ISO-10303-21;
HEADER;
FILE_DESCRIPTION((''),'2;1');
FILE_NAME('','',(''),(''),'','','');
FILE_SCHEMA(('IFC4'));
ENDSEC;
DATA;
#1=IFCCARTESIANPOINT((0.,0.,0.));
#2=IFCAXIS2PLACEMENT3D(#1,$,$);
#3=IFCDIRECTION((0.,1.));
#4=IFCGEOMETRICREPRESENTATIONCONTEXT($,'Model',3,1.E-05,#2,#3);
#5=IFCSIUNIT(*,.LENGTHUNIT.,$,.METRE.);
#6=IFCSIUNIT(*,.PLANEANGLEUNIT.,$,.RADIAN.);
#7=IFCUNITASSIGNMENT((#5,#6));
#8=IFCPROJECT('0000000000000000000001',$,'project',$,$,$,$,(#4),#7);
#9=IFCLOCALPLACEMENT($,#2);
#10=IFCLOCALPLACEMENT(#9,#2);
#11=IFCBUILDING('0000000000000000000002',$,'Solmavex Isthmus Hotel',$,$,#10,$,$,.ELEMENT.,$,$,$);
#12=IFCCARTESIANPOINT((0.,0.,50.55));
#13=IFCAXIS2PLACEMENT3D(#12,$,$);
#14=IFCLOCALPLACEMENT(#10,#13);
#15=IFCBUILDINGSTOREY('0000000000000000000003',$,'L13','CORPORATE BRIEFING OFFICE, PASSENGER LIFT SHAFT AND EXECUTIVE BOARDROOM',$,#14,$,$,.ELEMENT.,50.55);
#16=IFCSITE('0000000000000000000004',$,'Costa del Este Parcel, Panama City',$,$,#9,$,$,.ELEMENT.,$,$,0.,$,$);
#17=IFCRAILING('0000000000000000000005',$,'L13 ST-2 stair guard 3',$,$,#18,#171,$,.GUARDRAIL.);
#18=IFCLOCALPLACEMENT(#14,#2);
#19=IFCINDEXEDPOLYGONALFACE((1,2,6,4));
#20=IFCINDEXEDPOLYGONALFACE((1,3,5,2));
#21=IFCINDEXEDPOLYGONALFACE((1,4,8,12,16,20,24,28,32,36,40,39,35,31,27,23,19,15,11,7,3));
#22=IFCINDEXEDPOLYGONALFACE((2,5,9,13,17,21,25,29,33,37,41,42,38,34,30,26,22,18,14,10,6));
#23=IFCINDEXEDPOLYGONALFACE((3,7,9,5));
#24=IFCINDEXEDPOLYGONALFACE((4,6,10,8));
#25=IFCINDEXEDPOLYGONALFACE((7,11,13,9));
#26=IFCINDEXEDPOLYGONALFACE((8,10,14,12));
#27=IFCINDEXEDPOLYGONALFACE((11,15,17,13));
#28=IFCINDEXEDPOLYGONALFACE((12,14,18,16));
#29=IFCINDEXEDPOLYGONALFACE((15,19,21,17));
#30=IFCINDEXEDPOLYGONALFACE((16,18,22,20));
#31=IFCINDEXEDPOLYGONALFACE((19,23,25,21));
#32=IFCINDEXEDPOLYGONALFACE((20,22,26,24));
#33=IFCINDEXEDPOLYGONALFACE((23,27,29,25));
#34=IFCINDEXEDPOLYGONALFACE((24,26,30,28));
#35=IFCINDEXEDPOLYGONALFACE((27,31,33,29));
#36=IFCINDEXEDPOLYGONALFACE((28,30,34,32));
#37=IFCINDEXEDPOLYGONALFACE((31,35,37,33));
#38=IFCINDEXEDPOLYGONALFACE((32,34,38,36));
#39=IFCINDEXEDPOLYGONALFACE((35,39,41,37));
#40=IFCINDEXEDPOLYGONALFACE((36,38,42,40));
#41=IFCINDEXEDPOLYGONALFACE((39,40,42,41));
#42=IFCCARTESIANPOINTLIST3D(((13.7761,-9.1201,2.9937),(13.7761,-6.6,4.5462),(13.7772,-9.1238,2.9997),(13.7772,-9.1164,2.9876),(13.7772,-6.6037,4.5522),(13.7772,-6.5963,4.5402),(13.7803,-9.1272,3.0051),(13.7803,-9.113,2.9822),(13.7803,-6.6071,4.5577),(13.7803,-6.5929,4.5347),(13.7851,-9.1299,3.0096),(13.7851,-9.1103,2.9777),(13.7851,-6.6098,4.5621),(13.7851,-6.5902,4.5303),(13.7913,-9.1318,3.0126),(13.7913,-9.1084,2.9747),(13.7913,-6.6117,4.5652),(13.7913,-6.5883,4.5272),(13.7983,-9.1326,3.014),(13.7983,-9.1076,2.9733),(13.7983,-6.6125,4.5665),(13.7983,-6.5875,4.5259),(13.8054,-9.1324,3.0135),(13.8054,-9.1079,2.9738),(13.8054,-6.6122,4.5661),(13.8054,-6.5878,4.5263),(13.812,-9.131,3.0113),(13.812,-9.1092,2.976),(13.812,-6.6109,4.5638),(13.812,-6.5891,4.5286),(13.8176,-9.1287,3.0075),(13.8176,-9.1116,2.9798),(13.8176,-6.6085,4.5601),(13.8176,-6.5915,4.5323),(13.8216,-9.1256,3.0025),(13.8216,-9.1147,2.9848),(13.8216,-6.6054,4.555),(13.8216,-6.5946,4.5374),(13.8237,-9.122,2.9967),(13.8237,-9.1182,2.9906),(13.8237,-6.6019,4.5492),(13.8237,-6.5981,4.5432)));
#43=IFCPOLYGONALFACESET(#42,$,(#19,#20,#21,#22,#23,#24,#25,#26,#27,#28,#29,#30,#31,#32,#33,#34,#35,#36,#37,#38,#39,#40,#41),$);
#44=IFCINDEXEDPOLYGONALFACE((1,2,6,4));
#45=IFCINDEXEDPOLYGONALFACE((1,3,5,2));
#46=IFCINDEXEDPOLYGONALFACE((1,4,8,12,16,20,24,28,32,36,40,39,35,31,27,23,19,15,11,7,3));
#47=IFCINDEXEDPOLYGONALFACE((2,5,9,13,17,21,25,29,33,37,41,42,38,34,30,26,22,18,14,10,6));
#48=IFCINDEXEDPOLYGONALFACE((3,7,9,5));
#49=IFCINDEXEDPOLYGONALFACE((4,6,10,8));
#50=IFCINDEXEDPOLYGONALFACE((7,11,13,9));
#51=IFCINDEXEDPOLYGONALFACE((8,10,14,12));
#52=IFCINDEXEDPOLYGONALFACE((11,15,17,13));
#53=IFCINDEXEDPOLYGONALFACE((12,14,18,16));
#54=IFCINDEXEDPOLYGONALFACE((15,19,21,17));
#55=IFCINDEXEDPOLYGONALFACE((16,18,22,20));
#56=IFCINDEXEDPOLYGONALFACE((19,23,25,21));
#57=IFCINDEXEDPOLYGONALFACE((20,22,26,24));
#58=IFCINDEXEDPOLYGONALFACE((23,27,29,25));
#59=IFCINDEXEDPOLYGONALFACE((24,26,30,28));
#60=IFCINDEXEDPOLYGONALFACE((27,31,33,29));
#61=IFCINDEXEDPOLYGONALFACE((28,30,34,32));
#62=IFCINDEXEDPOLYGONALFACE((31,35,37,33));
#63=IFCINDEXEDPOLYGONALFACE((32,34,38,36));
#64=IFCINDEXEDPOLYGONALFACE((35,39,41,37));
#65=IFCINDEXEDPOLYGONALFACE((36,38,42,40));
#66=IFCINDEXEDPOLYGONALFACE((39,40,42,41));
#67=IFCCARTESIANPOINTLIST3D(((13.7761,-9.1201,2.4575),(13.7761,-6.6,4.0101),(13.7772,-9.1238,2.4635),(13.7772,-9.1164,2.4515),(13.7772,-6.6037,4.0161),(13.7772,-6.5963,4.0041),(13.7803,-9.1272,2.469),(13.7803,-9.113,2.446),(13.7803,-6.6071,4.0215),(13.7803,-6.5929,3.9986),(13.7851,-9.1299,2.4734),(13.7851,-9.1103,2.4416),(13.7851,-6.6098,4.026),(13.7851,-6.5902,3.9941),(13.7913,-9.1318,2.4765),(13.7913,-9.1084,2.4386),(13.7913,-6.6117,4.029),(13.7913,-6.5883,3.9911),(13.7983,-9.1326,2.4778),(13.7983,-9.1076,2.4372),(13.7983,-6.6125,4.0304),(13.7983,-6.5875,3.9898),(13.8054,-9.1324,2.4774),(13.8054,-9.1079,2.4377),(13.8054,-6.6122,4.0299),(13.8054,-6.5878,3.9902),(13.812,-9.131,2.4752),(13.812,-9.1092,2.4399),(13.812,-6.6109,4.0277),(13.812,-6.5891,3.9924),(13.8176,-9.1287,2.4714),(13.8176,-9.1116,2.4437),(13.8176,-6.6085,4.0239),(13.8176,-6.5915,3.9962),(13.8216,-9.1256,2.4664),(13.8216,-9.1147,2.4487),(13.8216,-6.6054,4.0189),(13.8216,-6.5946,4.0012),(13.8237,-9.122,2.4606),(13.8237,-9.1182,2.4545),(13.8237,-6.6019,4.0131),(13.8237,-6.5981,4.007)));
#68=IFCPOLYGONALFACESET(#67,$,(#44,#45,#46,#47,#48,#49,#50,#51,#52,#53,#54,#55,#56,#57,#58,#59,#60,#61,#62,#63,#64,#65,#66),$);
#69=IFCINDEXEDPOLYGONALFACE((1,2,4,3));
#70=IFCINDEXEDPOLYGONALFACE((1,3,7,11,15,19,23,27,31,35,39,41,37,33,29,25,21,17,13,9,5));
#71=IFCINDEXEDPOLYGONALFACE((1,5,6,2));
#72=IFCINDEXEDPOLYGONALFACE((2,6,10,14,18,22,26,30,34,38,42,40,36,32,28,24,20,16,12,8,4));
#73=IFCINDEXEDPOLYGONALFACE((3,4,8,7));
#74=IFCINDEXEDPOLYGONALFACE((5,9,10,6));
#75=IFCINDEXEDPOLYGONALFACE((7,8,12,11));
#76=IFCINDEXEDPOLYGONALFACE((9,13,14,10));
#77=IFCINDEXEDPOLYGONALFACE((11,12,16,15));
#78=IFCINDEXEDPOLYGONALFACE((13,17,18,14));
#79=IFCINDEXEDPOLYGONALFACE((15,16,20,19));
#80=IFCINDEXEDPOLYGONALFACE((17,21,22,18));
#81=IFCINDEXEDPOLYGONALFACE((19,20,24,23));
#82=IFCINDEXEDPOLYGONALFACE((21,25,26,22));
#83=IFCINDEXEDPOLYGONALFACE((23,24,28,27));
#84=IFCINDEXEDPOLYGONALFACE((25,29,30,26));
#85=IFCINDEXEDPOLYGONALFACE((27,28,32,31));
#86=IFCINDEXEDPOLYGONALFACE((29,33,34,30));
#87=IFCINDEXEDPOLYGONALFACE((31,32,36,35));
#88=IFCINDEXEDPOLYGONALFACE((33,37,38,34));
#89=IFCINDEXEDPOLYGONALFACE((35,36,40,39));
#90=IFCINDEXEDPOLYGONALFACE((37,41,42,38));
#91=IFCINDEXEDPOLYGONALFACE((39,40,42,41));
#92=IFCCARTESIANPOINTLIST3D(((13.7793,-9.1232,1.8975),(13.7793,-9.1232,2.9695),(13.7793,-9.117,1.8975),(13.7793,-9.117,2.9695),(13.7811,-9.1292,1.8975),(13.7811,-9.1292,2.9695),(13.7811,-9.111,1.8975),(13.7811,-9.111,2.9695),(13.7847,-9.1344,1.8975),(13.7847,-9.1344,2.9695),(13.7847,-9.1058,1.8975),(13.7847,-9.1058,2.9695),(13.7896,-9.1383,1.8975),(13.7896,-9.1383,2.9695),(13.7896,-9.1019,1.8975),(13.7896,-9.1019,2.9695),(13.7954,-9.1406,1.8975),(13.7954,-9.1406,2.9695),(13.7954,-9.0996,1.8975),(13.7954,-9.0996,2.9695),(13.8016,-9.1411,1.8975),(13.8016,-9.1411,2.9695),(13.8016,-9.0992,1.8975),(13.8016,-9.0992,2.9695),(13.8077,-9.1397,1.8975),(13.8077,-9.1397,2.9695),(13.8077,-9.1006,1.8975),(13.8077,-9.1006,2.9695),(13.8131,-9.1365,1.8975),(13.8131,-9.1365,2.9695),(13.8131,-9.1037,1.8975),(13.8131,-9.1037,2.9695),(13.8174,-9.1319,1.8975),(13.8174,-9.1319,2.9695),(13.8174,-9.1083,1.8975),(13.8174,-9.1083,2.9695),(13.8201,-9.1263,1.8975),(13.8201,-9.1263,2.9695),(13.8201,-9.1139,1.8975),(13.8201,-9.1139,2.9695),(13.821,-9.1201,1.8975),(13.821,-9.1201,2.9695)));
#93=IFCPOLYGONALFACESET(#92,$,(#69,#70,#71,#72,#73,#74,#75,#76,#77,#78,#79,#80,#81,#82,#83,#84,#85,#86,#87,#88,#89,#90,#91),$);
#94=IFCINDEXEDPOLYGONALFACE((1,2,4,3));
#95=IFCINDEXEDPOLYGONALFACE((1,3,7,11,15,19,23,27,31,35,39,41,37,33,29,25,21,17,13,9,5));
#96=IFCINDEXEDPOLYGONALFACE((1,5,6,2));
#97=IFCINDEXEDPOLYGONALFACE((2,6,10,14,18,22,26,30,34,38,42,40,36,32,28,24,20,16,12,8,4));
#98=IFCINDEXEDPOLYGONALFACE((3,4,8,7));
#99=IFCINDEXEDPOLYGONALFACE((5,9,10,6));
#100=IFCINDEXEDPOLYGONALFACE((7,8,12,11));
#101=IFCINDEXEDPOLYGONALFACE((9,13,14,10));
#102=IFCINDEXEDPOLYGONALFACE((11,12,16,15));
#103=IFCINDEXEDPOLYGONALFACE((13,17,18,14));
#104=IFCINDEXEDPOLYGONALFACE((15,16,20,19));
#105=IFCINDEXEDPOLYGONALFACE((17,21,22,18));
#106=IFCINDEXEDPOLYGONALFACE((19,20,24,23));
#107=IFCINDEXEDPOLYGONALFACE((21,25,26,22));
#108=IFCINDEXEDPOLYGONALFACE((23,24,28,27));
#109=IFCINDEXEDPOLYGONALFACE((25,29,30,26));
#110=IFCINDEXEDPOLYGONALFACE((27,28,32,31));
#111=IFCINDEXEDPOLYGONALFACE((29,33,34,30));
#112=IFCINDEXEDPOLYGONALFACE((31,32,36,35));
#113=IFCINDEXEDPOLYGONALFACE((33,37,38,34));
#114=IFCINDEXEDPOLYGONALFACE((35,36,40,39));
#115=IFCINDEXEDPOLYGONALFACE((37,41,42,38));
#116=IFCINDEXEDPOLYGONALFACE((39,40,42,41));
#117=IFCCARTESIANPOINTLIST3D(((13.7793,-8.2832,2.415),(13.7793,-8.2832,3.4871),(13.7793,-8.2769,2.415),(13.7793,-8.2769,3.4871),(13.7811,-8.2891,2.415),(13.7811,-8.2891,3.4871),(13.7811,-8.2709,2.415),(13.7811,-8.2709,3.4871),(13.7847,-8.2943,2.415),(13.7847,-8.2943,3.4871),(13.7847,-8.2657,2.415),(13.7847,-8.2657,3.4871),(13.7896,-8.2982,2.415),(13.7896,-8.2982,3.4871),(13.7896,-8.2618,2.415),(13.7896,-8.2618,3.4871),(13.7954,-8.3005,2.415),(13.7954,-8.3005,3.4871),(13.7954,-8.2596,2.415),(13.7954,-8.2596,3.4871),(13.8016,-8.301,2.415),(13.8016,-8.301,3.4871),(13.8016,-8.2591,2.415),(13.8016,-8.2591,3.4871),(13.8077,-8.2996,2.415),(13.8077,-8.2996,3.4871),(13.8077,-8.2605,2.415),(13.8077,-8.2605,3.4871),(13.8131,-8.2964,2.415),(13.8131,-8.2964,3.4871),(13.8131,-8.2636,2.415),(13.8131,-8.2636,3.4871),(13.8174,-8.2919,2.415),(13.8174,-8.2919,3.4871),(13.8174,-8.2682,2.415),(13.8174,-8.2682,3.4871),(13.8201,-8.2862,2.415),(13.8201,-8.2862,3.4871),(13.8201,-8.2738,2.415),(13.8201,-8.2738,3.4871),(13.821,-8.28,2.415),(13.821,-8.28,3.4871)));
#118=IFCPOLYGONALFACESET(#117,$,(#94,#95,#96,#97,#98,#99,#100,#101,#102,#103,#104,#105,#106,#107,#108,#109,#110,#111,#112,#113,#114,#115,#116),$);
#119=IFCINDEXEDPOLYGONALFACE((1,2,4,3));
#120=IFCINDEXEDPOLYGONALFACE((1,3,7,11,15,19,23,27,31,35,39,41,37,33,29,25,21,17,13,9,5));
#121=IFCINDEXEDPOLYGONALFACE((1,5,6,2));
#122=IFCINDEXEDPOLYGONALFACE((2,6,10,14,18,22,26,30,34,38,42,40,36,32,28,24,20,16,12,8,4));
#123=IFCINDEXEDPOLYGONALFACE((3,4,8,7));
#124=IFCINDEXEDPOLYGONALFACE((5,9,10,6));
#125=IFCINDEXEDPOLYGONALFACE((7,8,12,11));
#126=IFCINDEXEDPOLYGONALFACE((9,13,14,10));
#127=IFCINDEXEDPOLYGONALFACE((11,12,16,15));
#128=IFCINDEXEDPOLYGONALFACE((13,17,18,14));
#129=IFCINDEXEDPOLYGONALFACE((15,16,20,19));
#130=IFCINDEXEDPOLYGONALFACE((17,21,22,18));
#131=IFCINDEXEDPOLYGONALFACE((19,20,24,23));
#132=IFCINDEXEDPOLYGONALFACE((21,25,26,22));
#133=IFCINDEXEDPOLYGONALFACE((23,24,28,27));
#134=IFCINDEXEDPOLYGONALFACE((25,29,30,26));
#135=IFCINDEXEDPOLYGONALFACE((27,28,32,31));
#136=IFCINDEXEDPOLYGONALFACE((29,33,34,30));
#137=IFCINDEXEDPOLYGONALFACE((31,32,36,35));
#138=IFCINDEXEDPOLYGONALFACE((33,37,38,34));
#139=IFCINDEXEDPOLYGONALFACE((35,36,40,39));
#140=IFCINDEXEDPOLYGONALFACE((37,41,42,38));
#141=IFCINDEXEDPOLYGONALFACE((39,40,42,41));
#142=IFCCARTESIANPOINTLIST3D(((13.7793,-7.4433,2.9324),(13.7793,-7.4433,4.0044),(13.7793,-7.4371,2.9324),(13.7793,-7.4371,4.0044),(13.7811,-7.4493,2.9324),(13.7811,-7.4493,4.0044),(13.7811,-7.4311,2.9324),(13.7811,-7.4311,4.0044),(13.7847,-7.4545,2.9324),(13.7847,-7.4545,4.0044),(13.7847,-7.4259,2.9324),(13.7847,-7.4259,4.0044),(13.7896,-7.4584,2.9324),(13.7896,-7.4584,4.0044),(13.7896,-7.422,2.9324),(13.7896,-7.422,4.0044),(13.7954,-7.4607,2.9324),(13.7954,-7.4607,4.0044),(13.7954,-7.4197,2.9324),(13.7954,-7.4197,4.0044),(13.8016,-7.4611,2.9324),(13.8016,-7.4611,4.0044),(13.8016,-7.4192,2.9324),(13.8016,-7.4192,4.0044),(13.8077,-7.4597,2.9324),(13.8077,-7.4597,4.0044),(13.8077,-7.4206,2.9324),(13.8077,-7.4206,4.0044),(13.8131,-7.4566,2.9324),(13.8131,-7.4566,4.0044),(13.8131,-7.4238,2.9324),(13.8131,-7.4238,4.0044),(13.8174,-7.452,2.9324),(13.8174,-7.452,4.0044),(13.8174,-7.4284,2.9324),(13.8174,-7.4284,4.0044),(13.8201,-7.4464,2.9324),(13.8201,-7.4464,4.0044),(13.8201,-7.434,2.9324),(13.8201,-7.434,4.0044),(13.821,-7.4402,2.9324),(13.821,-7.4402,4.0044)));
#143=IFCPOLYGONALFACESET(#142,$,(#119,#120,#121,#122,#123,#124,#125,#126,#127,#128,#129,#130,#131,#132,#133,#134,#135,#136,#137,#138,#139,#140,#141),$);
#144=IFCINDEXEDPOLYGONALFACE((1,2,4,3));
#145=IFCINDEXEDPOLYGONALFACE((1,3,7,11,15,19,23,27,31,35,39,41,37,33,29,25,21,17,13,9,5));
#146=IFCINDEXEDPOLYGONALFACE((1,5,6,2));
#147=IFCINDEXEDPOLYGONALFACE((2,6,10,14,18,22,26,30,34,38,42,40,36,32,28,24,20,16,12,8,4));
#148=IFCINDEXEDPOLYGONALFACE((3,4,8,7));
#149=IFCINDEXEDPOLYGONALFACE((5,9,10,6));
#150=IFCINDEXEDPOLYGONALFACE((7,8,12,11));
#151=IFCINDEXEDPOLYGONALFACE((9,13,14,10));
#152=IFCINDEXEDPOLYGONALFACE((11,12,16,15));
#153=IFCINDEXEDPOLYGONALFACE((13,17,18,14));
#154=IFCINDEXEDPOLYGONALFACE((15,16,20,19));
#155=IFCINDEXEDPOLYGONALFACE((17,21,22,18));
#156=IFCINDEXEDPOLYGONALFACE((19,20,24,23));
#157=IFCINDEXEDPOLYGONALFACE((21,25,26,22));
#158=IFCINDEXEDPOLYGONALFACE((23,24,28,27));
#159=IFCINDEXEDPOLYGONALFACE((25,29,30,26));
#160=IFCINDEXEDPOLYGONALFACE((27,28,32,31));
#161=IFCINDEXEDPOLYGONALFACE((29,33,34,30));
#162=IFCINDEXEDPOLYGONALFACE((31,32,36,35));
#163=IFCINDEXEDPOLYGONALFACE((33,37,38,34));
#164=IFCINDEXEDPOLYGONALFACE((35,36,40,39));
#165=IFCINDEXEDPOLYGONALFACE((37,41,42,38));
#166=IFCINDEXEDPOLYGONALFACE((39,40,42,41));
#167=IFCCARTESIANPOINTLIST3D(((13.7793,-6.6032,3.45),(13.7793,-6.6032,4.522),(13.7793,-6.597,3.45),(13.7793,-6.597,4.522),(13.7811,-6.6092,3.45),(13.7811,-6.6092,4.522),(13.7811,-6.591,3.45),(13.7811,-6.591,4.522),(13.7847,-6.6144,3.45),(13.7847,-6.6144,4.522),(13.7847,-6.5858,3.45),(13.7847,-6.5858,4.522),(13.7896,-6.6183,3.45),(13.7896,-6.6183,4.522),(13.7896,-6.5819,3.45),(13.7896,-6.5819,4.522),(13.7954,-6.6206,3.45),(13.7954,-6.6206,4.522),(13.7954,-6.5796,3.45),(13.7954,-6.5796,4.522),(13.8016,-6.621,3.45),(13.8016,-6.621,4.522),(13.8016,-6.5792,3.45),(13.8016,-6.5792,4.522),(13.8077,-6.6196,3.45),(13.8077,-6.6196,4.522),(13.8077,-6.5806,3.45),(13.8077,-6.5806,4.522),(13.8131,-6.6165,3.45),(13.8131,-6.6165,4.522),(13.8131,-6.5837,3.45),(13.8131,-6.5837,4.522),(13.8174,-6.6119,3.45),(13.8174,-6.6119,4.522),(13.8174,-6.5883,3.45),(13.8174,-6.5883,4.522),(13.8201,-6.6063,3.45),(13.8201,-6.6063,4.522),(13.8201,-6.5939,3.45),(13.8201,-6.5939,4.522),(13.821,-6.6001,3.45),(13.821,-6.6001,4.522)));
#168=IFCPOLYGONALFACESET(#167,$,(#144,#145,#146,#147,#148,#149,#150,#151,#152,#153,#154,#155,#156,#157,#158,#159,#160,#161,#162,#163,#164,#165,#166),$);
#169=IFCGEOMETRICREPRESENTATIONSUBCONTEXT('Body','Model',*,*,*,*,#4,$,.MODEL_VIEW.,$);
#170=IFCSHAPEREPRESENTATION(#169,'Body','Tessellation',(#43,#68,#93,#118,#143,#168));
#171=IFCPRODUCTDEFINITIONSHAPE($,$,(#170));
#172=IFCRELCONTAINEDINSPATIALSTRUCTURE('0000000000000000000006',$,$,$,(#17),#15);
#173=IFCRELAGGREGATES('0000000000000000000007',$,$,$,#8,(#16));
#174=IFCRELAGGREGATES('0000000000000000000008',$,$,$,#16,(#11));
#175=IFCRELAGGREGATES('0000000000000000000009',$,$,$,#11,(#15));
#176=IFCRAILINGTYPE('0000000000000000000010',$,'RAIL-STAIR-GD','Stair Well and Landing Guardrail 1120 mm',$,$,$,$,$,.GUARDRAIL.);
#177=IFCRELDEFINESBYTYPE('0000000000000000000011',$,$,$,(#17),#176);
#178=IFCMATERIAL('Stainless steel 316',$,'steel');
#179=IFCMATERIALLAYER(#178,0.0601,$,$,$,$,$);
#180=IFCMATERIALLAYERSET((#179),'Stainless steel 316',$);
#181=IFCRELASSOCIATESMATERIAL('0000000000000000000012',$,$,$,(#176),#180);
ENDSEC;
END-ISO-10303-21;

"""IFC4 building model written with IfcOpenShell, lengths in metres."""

from ifc_helpers import new_model, si_unit, direction, frame, origin, origin_2d, place, context, subcontext, project, spatial, circle, extrude, material, layer, layer_set, type_object, element, save


model = new_model("IFC4")

# Units and contexts
model_context = context("Model", 3, precision=1e-05, world=origin(), true_north=direction((0.0, 1.0)))
body_context = subcontext(model_context, "Body", "Model", "MODEL_VIEW")
ifc_project = project(units=[si_unit("LENGTHUNIT", "METRE"), si_unit("PLANEANGLEUNIT", "RADIAN")], contexts=[model_context])

# Site, building, storey
site_placement = place(None, origin())
site = spatial("IfcSite", under=ifc_project, at=site_placement, Name="Costa del Este Parcel, Panama City", CompositionType="ELEMENT", RefElevation=0.0)
building_placement = place(site_placement, origin())
building = spatial("IfcBuilding", under=site, at=building_placement, Name="Solmavex Isthmus Hotel", CompositionType="ELEMENT")
storey_placement = place(building_placement, frame((0.0, 0.0, 50.55)))
storey = spatial("IfcBuildingStorey", under=building, at=storey_placement, Name="L13", Description="CORPORATE BRIEFING OFFICE, PASSENGER LIFT SHAFT AND EXECUTIVE BOARDROOM", CompositionType="ELEMENT", Elevation=50.55)

# Railing
ifc_material_1 = material(Name="Stainless steel 316", Category="steel")
ifc_layer_1 = layer(ifc_material_1, 0.0601)
ifc_layer_set_1 = layer_set([ifc_layer_1], Name="Stainless steel 316")
railing_type_1 = type_object("IfcRailingType", Name="RAIL-STAIR-GD", Description="Stair Well and Landing Guardrail 1120 mm", PredefinedType="GUARDRAIL", material=ifc_layer_set_1)
railing_1_placement = place(storey_placement, frame((13.8, -9.1201, 1.8975)))
element("IfcRailing", 1, at=railing_1_placement, inside=storey, type_object=railing_type_1, Name="L13 ST-2 stair guard 3", PredefinedType="GUARDRAIL", context=body_context, shape_type="SweptSolid", body=[
    extrude(circle(Radius=0.0239, at=origin_2d()), frame((0.0, 0.0, 1.0962), z_axis=(0.0, 0.8514, 0.524516), x_axis=(-1.0, 0.0, 0.0)), (0.0, 0.0, 1.0), 2.96),
    extrude(circle(Radius=0.0239, at=origin_2d()), frame((0.0, 0.0, 0.5601), z_axis=(0.0, 0.8514, 0.524516), x_axis=(-1.0, 0.0, 0.0)), (0.0, 0.0, 1.0), 2.96),
    extrude(circle(Radius=0.021, at=origin_2d()), origin(), (0.0, 0.0, 1.0), 1.072),
    extrude(circle(Radius=0.021, at=origin_2d()), frame((0.0, 0.8401, 0.5176)), (0.0, 0.0, 1.0), 1.072),
    extrude(circle(Radius=0.021, at=origin_2d()), frame((0.0, 1.6799, 1.0349)), (0.0, 0.0, 1.0), 1.072),
    extrude(circle(Radius=0.021, at=origin_2d()), frame((0.0, 2.52, 1.5525)), (0.0, 0.0, 1.0), 1.072),
])

save(model, "model.ifc")
